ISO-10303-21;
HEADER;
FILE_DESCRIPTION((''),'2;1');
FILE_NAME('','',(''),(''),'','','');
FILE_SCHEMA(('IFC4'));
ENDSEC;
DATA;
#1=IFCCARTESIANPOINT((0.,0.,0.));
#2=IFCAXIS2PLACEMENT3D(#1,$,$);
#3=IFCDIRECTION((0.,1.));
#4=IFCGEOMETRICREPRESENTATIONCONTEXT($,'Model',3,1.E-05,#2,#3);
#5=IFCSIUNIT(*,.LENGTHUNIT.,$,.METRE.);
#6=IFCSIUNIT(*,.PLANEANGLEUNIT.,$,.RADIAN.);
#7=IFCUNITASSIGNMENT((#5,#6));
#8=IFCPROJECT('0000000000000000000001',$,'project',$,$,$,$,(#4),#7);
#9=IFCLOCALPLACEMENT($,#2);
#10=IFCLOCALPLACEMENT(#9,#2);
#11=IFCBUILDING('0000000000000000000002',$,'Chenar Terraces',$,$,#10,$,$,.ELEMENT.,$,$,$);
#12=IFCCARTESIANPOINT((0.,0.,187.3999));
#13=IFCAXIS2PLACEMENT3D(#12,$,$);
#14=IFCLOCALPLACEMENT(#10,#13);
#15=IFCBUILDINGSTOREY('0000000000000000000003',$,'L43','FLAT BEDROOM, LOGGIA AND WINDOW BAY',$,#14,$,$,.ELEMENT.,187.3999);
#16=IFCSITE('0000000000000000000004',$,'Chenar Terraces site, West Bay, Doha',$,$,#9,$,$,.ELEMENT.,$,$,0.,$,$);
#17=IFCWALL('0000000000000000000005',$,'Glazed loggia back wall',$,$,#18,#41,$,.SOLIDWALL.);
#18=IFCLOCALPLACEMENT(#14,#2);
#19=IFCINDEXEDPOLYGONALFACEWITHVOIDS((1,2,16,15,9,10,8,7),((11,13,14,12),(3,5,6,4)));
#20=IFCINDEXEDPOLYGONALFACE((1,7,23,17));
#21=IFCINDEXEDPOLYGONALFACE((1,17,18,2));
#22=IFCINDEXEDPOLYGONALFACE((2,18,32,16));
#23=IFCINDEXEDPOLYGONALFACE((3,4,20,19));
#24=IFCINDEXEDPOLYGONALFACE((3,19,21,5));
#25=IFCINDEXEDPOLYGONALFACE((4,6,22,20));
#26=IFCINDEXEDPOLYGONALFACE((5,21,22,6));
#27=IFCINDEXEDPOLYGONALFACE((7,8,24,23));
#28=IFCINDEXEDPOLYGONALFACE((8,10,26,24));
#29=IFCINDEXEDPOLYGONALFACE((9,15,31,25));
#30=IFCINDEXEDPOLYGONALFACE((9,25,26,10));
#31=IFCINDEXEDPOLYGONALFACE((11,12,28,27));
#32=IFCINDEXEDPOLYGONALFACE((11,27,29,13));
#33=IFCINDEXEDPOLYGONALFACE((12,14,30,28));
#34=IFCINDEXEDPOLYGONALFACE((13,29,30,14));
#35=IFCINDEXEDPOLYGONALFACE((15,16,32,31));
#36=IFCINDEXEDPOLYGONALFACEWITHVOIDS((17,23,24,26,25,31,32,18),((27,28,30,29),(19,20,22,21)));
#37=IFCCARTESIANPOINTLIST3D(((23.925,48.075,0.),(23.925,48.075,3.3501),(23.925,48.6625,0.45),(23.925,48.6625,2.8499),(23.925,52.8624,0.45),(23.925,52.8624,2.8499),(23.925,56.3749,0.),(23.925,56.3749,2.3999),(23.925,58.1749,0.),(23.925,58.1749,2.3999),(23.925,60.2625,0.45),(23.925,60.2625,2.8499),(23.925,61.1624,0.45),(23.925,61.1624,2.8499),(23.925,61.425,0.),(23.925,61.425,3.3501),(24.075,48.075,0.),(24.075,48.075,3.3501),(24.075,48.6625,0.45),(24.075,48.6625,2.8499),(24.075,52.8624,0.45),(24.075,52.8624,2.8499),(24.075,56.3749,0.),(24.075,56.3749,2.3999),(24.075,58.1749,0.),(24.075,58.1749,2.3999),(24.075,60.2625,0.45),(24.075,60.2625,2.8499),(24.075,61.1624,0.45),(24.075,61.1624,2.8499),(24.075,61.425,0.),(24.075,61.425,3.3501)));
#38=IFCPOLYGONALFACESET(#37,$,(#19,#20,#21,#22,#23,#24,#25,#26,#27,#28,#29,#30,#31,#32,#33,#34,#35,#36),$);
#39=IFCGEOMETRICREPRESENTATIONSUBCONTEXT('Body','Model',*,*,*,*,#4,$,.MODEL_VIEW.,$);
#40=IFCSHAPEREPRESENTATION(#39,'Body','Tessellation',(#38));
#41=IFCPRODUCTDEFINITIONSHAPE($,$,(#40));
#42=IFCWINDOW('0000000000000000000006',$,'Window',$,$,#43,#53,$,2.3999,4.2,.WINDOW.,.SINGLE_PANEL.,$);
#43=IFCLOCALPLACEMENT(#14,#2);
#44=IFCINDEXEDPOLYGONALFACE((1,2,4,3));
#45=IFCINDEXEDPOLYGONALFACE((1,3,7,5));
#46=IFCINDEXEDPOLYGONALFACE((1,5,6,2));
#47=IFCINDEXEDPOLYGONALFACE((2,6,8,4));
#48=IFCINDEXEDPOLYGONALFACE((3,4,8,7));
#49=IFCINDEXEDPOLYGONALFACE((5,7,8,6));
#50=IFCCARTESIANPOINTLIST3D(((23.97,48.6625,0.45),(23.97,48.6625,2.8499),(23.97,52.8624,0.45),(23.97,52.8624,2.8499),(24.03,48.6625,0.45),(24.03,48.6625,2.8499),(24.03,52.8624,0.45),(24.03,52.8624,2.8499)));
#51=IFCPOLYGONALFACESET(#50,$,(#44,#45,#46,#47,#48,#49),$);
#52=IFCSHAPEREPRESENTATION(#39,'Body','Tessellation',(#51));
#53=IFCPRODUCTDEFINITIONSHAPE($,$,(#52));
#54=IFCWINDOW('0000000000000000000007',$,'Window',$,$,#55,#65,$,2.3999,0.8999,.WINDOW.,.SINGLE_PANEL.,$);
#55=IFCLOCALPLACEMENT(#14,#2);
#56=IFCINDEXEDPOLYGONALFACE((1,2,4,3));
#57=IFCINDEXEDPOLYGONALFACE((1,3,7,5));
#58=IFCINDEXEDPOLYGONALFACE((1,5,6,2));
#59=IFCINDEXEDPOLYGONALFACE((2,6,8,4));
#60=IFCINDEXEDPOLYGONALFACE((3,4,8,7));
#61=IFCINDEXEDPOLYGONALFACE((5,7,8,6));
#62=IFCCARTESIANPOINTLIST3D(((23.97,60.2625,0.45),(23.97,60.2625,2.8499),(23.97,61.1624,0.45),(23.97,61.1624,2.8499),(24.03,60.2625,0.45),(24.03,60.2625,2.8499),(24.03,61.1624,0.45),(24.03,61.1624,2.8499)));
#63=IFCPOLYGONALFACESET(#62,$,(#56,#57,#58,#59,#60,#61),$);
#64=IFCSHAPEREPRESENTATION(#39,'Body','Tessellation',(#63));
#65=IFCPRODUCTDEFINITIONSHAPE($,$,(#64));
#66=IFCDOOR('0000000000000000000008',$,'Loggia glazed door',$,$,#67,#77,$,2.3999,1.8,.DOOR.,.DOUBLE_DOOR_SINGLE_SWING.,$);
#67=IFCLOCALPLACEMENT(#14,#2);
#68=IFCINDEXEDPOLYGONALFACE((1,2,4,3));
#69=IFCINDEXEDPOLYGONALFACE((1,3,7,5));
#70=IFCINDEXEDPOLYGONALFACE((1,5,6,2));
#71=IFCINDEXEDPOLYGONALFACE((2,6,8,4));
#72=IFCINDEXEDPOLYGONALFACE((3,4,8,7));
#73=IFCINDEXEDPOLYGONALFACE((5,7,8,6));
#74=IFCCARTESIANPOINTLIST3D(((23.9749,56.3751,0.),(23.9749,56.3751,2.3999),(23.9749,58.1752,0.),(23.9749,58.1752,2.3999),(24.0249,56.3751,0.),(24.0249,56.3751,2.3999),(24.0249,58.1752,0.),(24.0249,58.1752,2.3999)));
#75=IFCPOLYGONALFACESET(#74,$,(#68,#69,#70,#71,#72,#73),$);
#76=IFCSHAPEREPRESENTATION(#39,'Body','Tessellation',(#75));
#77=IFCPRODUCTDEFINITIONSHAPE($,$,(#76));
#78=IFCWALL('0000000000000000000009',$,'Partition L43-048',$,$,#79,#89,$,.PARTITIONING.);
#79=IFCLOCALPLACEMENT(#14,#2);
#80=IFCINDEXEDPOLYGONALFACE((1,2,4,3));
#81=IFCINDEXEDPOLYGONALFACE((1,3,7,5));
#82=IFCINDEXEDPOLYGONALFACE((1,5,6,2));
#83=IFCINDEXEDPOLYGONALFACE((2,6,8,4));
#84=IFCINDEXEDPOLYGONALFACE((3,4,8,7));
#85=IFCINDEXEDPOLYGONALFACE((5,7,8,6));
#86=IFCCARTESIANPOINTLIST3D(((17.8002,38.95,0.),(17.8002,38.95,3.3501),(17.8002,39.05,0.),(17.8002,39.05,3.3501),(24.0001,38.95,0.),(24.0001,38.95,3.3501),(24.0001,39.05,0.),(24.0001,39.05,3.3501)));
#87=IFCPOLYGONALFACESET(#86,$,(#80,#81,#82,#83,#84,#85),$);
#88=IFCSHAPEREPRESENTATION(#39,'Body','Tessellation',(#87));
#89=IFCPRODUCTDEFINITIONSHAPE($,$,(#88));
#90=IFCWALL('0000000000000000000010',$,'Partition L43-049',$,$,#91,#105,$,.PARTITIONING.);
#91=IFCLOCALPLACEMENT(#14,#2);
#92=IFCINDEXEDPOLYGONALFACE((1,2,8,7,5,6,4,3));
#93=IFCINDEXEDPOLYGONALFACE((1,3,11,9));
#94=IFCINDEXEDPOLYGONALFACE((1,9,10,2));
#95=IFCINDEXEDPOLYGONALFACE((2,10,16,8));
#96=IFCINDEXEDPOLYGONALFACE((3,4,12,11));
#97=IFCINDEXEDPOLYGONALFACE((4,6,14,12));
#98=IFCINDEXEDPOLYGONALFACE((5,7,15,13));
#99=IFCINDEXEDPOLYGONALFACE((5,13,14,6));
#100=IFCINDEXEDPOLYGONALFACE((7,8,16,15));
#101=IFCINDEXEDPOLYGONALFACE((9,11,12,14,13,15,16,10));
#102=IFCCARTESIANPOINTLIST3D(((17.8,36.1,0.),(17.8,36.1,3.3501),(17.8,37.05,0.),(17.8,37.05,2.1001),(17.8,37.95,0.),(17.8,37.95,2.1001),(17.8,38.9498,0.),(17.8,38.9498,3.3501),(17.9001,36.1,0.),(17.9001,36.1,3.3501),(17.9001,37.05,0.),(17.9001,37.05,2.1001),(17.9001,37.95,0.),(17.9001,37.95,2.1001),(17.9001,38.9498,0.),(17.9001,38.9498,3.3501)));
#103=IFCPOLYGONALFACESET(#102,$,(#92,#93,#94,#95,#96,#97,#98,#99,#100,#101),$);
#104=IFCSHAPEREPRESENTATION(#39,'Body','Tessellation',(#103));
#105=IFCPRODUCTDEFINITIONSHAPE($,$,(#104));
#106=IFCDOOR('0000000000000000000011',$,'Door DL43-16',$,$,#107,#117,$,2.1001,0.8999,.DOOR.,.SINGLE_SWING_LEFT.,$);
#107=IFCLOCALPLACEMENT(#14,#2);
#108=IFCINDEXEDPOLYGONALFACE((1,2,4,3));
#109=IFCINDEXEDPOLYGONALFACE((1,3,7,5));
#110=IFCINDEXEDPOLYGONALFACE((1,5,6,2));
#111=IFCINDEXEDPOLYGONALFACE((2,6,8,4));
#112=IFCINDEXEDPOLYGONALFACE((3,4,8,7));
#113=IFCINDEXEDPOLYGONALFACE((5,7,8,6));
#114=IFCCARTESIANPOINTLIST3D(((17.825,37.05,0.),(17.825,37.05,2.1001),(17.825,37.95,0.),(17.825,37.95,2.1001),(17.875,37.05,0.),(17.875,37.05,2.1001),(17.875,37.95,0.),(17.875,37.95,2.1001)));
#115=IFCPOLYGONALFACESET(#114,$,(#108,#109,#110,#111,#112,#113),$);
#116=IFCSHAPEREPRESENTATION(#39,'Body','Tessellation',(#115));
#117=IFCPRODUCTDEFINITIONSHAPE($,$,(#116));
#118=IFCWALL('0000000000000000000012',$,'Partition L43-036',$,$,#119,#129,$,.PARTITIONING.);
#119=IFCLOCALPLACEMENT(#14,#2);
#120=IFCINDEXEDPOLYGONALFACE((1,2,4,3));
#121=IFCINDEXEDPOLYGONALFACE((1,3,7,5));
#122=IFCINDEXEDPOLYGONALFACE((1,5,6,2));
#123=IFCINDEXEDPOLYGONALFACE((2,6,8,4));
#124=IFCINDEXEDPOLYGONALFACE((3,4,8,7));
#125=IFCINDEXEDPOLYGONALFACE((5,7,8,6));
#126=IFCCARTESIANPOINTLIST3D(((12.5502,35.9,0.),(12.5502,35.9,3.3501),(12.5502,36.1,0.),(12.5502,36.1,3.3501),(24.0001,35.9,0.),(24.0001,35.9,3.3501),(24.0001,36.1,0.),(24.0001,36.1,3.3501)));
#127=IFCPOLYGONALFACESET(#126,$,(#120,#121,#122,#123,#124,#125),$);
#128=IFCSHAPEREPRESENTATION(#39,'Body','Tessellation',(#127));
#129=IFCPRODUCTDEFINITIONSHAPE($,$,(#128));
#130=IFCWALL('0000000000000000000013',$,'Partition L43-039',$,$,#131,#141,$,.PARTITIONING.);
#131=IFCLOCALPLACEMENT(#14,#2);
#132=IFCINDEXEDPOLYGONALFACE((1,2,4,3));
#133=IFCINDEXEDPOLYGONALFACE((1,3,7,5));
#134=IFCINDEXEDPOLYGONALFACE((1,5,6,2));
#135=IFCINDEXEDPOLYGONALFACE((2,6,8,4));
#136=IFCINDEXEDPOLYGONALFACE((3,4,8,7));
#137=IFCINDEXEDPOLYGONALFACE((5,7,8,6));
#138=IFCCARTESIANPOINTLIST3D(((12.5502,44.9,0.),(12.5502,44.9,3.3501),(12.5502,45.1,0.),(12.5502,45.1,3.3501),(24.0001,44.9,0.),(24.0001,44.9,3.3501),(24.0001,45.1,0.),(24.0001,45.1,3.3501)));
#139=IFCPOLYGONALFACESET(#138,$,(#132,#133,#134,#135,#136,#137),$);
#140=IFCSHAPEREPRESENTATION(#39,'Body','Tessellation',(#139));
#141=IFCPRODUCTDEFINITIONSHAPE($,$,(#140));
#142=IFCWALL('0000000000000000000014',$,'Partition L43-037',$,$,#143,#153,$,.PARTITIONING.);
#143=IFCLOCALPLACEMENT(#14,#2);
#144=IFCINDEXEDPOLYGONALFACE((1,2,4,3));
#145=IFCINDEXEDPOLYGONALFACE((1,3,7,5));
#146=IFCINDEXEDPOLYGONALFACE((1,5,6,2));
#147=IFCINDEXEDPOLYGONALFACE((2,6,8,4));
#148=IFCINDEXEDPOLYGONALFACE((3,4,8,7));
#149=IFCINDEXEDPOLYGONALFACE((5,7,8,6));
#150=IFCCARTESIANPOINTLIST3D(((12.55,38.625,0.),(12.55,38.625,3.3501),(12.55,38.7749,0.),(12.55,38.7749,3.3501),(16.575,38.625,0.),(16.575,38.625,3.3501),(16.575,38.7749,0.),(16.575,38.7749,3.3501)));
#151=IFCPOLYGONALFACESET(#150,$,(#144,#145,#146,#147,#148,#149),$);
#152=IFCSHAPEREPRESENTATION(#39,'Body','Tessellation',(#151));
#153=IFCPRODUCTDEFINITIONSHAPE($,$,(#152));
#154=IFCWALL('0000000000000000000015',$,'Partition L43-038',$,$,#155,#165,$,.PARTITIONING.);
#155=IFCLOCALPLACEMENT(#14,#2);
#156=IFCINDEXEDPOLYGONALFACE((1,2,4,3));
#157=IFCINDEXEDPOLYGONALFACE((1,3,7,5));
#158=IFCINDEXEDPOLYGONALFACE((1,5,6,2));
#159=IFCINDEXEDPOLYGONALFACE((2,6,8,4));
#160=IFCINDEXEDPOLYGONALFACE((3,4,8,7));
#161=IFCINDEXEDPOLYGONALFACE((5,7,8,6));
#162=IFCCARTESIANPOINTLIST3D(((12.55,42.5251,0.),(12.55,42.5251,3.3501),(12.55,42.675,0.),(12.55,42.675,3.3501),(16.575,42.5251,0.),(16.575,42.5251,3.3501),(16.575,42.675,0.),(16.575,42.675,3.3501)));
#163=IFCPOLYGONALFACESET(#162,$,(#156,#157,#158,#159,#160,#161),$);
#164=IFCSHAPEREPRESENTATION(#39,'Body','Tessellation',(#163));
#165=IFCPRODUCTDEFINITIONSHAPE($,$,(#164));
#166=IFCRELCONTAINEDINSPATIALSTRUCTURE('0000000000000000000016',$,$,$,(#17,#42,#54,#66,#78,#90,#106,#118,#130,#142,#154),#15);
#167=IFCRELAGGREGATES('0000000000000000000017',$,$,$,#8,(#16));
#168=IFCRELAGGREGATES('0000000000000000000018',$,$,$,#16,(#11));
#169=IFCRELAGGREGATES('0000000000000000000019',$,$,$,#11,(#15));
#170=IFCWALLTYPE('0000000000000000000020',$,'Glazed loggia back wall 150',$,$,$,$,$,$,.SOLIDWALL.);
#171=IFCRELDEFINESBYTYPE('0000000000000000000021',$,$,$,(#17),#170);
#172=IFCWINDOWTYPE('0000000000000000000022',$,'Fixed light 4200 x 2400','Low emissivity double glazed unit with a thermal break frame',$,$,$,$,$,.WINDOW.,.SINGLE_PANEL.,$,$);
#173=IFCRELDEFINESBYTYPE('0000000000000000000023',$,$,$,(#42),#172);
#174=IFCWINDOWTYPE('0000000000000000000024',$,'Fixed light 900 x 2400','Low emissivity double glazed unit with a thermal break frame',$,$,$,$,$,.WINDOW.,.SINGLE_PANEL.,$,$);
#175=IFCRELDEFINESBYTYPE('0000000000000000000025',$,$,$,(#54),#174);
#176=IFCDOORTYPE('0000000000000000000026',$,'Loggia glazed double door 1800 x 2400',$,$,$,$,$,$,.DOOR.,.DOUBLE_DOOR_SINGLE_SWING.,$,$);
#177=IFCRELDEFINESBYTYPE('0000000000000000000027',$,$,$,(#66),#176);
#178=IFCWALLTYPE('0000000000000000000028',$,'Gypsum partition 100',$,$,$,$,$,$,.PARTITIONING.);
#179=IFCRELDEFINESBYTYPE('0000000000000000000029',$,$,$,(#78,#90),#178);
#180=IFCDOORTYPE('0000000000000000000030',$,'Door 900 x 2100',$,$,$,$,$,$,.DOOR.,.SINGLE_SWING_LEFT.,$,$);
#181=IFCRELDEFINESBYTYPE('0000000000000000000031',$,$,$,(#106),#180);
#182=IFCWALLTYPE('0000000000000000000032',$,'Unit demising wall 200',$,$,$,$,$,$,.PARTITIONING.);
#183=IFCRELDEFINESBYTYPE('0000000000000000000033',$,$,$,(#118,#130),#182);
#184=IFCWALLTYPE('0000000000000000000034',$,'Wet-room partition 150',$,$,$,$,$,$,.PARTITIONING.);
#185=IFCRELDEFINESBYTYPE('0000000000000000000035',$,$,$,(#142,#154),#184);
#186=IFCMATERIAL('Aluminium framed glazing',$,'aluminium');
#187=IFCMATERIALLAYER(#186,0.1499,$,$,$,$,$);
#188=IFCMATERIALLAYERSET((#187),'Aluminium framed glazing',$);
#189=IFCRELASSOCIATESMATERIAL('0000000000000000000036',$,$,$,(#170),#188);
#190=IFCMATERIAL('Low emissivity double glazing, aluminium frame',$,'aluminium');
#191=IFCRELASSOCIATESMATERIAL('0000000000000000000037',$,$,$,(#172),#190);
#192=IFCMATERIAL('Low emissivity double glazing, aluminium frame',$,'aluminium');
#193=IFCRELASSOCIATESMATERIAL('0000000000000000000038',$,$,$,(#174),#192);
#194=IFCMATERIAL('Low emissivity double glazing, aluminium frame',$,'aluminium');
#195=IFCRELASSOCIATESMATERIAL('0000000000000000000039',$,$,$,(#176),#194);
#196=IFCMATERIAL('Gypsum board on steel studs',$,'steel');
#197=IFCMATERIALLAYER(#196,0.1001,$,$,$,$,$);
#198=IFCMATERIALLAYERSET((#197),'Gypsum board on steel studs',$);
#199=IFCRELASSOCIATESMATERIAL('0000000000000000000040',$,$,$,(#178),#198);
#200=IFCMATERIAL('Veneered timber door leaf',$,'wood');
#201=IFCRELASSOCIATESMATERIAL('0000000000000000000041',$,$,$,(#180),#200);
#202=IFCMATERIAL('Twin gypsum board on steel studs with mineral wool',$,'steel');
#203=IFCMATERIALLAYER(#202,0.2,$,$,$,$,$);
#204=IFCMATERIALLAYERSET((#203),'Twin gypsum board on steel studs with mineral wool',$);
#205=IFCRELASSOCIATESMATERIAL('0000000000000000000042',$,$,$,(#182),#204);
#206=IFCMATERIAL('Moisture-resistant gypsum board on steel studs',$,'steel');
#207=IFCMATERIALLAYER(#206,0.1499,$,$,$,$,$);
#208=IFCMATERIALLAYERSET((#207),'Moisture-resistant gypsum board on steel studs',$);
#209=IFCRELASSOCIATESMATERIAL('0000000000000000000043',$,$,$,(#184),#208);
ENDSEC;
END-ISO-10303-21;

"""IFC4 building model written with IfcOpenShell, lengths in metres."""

from ifc_helpers import new_model, si_unit, direction, frame, frame_2d, origin, place, context, subcontext, project, spatial, rectangle, extrude, material, layer, layer_set, type_object, element, fill, save


model = new_model("IFC4")

# Units and contexts
model_context = context("Model", 3, precision=1e-05, world=origin(), true_north=direction((0.0, 1.0)))
body_context = subcontext(model_context, "Body", "Model", "MODEL_VIEW")
ifc_project = project(units=[si_unit("LENGTHUNIT", "METRE"), si_unit("PLANEANGLEUNIT", "RADIAN")], contexts=[model_context])

# Site, building, storey
site_placement = place(None, origin())
site = spatial("IfcSite", under=ifc_project, at=site_placement, Name="Chenar Terraces site, West Bay, Doha", CompositionType="ELEMENT", RefElevation=0.0)
building_placement = place(site_placement, origin())
building = spatial("IfcBuilding", under=site, at=building_placement, Name="Chenar Terraces", CompositionType="ELEMENT")
storey_placement = place(building_placement, frame((0.0, 0.0, 187.3999)))
storey = spatial("IfcBuildingStorey", under=building, at=storey_placement, Name="L43", Description="FLAT BEDROOM, LOGGIA AND WINDOW BAY", CompositionType="ELEMENT", Elevation=187.3999)

# Wall, openings, windows, door
ifc_material_1 = material(Name="Aluminium framed glazing", Category="aluminium")
ifc_layer_1 = layer(ifc_material_1, 0.1499)
ifc_layer_set_1 = layer_set([ifc_layer_1], Name="Aluminium framed glazing")
wall_type_1 = type_object("IfcWallType", Name="Glazed loggia back wall 150", PredefinedType="SOLIDWALL", material=ifc_layer_set_1)
wall_1_placement = place(storey_placement, frame((24.0, 48.075, 0.0), z_axis=(0.0, 0.0, 1.0), x_axis=(0.0, 1.0, 0.0)))
wall_1 = element("IfcWall", 1, at=wall_1_placement, inside=storey, type_object=wall_type_1, Name="Glazed loggia back wall", PredefinedType="SOLIDWALL", context=body_context, shape_type="SweptSolid", body=[
    extrude(rectangle(XDim=13.3501, YDim=0.1499, at=frame_2d((6.675, 0.0))), origin(), (0.0, 0.0, 1.0), 3.3501),
])
opening_1_placement = place(wall_1_placement, frame((0.5874, 0.0, 0.45)))
opening_1 = element("IfcOpeningElement", 2, at=opening_1_placement, cuts=wall_1, PredefinedType="OPENING", context=body_context, shape_type="SweptSolid", body=[
    extrude(rectangle(XDim=4.2, YDim=2.3999, at=frame_2d((2.1001, 1.2))), frame((0.0, 0.085, 0.0), z_axis=(0.0, -1.0, 0.0), x_axis=(1.0, 0.0, 0.0)), (0.0, 0.0, 1.0), 0.1699),
])
opening_2_placement = place(wall_1_placement, frame((8.3, 0.0, 0.0)))
opening_2 = element("IfcOpeningElement", 3, at=opening_2_placement, cuts=wall_1, PredefinedType="OPENING", context=body_context, shape_type="SweptSolid", body=[
    extrude(rectangle(XDim=1.8, YDim=2.3999, at=frame_2d((0.8999, 1.2))), frame((0.0, 0.085, 0.0), z_axis=(0.0, -1.0, 0.0), x_axis=(1.0, 0.0, 0.0)), (0.0, 0.0, 1.0), 0.1699),
])
opening_3_placement = place(wall_1_placement, frame((12.1875, 0.0, 0.45)))
opening_3 = element("IfcOpeningElement", 4, at=opening_3_placement, cuts=wall_1, PredefinedType="OPENING", context=body_context, shape_type="SweptSolid", body=[
    extrude(rectangle(XDim=0.8999, YDim=2.3999, at=frame_2d((0.45, 1.2))), frame((0.0, 0.085, 0.0), z_axis=(0.0, -1.0, 0.0), x_axis=(1.0, 0.0, 0.0)), (0.0, 0.0, 1.0), 0.1699),
])
ifc_material_2 = material(Name="Low emissivity double glazing, aluminium frame", Category="aluminium")
window_type_1 = type_object("IfcWindowType", Name="Fixed light 4200 x 2400", Description="Low emissivity double glazed unit with a thermal break frame", PartitioningType="SINGLE_PANEL", PredefinedType="WINDOW", material=ifc_material_2)
window_1_placement = place(opening_1_placement, origin())
window_1 = element("IfcWindow", 5, at=window_1_placement, inside=storey, type_object=window_type_1, Name="Window", OverallHeight=2.3999, OverallWidth=4.2, PartitioningType="SINGLE_PANEL", PredefinedType="WINDOW", context=body_context, shape_type="SweptSolid", body=[
    extrude(rectangle(XDim=4.2, YDim=2.3999, at=frame_2d((2.1001, 1.2))), frame((0.0, 0.03, 0.0), z_axis=(0.0, -1.0, 0.0), x_axis=(1.0, 0.0, 0.0)), (0.0, 0.0, 1.0), 0.0601),
])
fill(opening_1, window_1)
ifc_material_3 = material(Name="Low emissivity double glazing, aluminium frame", Category="aluminium")
window_type_2 = type_object("IfcWindowType", Name="Fixed light 900 x 2400", Description="Low emissivity double glazed unit with a thermal break frame", PartitioningType="SINGLE_PANEL", PredefinedType="WINDOW", material=ifc_material_3)
window_2_placement = place(opening_3_placement, origin())
window_2 = element("IfcWindow", 6, at=window_2_placement, inside=storey, type_object=window_type_2, Name="Window", OverallHeight=2.3999, OverallWidth=0.8999, PartitioningType="SINGLE_PANEL", PredefinedType="WINDOW", context=body_context, shape_type="SweptSolid", body=[
    extrude(rectangle(XDim=0.8999, YDim=2.3999, at=frame_2d((0.45, 1.2))), frame((0.0, 0.03, 0.0), z_axis=(0.0, -1.0, 0.0), x_axis=(1.0, 0.0, 0.0)), (0.0, 0.0, 1.0), 0.0601),
])
fill(opening_3, window_2)
ifc_material_4 = material(Name="Low emissivity double glazing, aluminium frame", Category="aluminium")
door_type_1 = type_object("IfcDoorType", Name="Loggia glazed double door 1800 x 2400", OperationType="DOUBLE_DOOR_SINGLE_SWING", PredefinedType="DOOR", material=ifc_material_4)
door_1_placement = place(opening_2_placement, frame((1.8, 0.0, 0.0), z_axis=(0.0, 0.0, 1.0), x_axis=(-1.0, 0.0, 0.0)))
door_1 = element("IfcDoor", 7, at=door_1_placement, inside=storey, type_object=door_type_1, Name="Loggia glazed door", OperationType="DOUBLE_DOOR_SINGLE_SWING", OverallHeight=2.3999, OverallWidth=1.8, PredefinedType="DOOR", context=body_context, shape_type="SweptSolid", body=[
    extrude(rectangle(XDim=1.8, YDim=2.3999, at=frame_2d((0.8999, 1.2))), frame((0.0, 0.0249, 0.0), z_axis=(0.0, -1.0, 0.0), x_axis=(1.0, 0.0, 0.0)), (0.0, 0.0, 1.0), 0.05),
])
fill(opening_2, door_1)

# Wall
ifc_material_5 = material(Name="Gypsum board on steel studs", Category="steel")
ifc_layer_2 = layer(ifc_material_5, 0.1001)
ifc_layer_set_2 = layer_set([ifc_layer_2], Name="Gypsum board on steel studs")
wall_type_2 = type_object("IfcWallType", Name="Gypsum partition 100", PredefinedType="PARTITIONING", material=ifc_layer_set_2)
wall_2_placement = place(storey_placement, frame((17.8, 39.0, 0.0), z_axis=(0.0, 0.0, 1.0), x_axis=(1.0, 0.0, 0.0)))
element("IfcWall", 8, at=wall_2_placement, inside=storey, type_object=wall_type_2, Name="Partition L43-048", PredefinedType="PARTITIONING", context=body_context, shape_type="SweptSolid", body=[
    extrude(rectangle(XDim=6.2, YDim=0.1001, at=frame_2d((3.1001, 0.0))), origin(), (0.0, 0.0, 1.0), 3.3501),
])

# Wall, opening, door
wall_3_placement = place(storey_placement, frame((17.8501, 36.1001, 0.0), z_axis=(0.0, 0.0, 1.0), x_axis=(0.0, 1.0, 0.0)))
wall_3 = element("IfcWall", 9, at=wall_3_placement, inside=storey, type_object=wall_type_2, Name="Partition L43-049", PredefinedType="PARTITIONING", context=body_context, shape_type="SweptSolid", body=[
    extrude(rectangle(XDim=2.8499, YDim=0.1001, at=frame_2d((1.4248, 0.0))), origin(), (0.0, 0.0, 1.0), 3.3501),
])
opening_4_placement = place(wall_3_placement, frame((0.95, 0.0, 0.0)))
opening_4 = element("IfcOpeningElement", 10, at=opening_4_placement, cuts=wall_3, PredefinedType="OPENING", context=body_context, shape_type="SweptSolid", body=[
    extrude(rectangle(XDim=0.8999, YDim=2.1001, at=frame_2d((0.45, 1.05))), frame((0.0, 0.0601, 0.0), z_axis=(0.0, -1.0, 0.0), x_axis=(1.0, 0.0, 0.0)), (0.0, 0.0, 1.0), 0.1201),
])
ifc_material_6 = material(Name="Veneered timber door leaf", Category="wood")
door_type_2 = type_object("IfcDoorType", Name="Door 900 x 2100", OperationType="SINGLE_SWING_LEFT", PredefinedType="DOOR", material=ifc_material_6)
door_2_placement = place(opening_4_placement, frame((0.8999, 0.0, 0.0), z_axis=(0.0, 0.0, 1.0), x_axis=(-1.0, 0.0, 0.0)))
door_2 = element("IfcDoor", 11, at=door_2_placement, inside=storey, type_object=door_type_2, Name="Door DL43-16", OperationType="SINGLE_SWING_LEFT", OverallHeight=2.1001, OverallWidth=0.8999, PredefinedType="DOOR", context=body_context, shape_type="SweptSolid", body=[
    extrude(rectangle(XDim=0.8999, YDim=2.1001, at=frame_2d((0.45, 1.05))), frame((0.0, 0.0249, 0.0), z_axis=(0.0, -1.0, 0.0), x_axis=(1.0, 0.0, 0.0)), (0.0, 0.0, 1.0), 0.05),
])
fill(opening_4, door_2)

# Walls
ifc_material_7 = material(Name="Twin gypsum board on steel studs with mineral wool", Category="steel")
ifc_layer_3 = layer(ifc_material_7, 0.2)
ifc_layer_set_3 = layer_set([ifc_layer_3], Name="Twin gypsum board on steel studs with mineral wool")
wall_type_3 = type_object("IfcWallType", Name="Unit demising wall 200", PredefinedType="PARTITIONING", material=ifc_layer_set_3)
for number, where, z_axis, x_axis, name in (
    (12, (12.55, 36.0, 0.0), (0.0, 0.0, 1.0), (1.0, 0.0, 0.0), "Partition L43-036"),
    (13, (12.55, 45.0, 0.0), (0.0, 0.0, 1.0), (1.0, 0.0, 0.0), "Partition L43-039"),
):
    element("IfcWall", number, at=place(storey_placement, frame(where, z_axis=z_axis, x_axis=x_axis)), inside=storey, type_object=wall_type_3, Name=name, PredefinedType="PARTITIONING", context=body_context, shape_type="SweptSolid", body=[
        extrude(rectangle(XDim=11.45, YDim=0.2, at=frame_2d((5.7251, 0.0))), origin(), (0.0, 0.0, 1.0), 3.3501),
    ])
ifc_material_8 = material(Name="Moisture-resistant gypsum board on steel studs", Category="steel")
ifc_layer_4 = layer(ifc_material_8, 0.1499)
ifc_layer_set_4 = layer_set([ifc_layer_4], Name="Moisture-resistant gypsum board on steel studs")
wall_type_4 = type_object("IfcWallType", Name="Wet-room partition 150", PredefinedType="PARTITIONING", material=ifc_layer_set_4)
for number, where, z_axis, x_axis, name in (
    (14, (12.55, 38.7, 0.0), (0.0, 0.0, 1.0), (1.0, 0.0, 0.0), "Partition L43-037"),
    (15, (12.55, 42.6001, 0.0), (0.0, 0.0, 1.0), (1.0, 0.0, 0.0), "Partition L43-038"),
):
    element("IfcWall", number, at=place(storey_placement, frame(where, z_axis=z_axis, x_axis=x_axis)), inside=storey, type_object=wall_type_4, Name=name, PredefinedType="PARTITIONING", context=body_context, shape_type="SweptSolid", body=[
        extrude(rectangle(XDim=4.0249, YDim=0.1499, at=frame_2d((2.0125, 0.0))), origin(), (0.0, 0.0, 1.0), 3.3501),
    ])

save(model, "model.ifc")
